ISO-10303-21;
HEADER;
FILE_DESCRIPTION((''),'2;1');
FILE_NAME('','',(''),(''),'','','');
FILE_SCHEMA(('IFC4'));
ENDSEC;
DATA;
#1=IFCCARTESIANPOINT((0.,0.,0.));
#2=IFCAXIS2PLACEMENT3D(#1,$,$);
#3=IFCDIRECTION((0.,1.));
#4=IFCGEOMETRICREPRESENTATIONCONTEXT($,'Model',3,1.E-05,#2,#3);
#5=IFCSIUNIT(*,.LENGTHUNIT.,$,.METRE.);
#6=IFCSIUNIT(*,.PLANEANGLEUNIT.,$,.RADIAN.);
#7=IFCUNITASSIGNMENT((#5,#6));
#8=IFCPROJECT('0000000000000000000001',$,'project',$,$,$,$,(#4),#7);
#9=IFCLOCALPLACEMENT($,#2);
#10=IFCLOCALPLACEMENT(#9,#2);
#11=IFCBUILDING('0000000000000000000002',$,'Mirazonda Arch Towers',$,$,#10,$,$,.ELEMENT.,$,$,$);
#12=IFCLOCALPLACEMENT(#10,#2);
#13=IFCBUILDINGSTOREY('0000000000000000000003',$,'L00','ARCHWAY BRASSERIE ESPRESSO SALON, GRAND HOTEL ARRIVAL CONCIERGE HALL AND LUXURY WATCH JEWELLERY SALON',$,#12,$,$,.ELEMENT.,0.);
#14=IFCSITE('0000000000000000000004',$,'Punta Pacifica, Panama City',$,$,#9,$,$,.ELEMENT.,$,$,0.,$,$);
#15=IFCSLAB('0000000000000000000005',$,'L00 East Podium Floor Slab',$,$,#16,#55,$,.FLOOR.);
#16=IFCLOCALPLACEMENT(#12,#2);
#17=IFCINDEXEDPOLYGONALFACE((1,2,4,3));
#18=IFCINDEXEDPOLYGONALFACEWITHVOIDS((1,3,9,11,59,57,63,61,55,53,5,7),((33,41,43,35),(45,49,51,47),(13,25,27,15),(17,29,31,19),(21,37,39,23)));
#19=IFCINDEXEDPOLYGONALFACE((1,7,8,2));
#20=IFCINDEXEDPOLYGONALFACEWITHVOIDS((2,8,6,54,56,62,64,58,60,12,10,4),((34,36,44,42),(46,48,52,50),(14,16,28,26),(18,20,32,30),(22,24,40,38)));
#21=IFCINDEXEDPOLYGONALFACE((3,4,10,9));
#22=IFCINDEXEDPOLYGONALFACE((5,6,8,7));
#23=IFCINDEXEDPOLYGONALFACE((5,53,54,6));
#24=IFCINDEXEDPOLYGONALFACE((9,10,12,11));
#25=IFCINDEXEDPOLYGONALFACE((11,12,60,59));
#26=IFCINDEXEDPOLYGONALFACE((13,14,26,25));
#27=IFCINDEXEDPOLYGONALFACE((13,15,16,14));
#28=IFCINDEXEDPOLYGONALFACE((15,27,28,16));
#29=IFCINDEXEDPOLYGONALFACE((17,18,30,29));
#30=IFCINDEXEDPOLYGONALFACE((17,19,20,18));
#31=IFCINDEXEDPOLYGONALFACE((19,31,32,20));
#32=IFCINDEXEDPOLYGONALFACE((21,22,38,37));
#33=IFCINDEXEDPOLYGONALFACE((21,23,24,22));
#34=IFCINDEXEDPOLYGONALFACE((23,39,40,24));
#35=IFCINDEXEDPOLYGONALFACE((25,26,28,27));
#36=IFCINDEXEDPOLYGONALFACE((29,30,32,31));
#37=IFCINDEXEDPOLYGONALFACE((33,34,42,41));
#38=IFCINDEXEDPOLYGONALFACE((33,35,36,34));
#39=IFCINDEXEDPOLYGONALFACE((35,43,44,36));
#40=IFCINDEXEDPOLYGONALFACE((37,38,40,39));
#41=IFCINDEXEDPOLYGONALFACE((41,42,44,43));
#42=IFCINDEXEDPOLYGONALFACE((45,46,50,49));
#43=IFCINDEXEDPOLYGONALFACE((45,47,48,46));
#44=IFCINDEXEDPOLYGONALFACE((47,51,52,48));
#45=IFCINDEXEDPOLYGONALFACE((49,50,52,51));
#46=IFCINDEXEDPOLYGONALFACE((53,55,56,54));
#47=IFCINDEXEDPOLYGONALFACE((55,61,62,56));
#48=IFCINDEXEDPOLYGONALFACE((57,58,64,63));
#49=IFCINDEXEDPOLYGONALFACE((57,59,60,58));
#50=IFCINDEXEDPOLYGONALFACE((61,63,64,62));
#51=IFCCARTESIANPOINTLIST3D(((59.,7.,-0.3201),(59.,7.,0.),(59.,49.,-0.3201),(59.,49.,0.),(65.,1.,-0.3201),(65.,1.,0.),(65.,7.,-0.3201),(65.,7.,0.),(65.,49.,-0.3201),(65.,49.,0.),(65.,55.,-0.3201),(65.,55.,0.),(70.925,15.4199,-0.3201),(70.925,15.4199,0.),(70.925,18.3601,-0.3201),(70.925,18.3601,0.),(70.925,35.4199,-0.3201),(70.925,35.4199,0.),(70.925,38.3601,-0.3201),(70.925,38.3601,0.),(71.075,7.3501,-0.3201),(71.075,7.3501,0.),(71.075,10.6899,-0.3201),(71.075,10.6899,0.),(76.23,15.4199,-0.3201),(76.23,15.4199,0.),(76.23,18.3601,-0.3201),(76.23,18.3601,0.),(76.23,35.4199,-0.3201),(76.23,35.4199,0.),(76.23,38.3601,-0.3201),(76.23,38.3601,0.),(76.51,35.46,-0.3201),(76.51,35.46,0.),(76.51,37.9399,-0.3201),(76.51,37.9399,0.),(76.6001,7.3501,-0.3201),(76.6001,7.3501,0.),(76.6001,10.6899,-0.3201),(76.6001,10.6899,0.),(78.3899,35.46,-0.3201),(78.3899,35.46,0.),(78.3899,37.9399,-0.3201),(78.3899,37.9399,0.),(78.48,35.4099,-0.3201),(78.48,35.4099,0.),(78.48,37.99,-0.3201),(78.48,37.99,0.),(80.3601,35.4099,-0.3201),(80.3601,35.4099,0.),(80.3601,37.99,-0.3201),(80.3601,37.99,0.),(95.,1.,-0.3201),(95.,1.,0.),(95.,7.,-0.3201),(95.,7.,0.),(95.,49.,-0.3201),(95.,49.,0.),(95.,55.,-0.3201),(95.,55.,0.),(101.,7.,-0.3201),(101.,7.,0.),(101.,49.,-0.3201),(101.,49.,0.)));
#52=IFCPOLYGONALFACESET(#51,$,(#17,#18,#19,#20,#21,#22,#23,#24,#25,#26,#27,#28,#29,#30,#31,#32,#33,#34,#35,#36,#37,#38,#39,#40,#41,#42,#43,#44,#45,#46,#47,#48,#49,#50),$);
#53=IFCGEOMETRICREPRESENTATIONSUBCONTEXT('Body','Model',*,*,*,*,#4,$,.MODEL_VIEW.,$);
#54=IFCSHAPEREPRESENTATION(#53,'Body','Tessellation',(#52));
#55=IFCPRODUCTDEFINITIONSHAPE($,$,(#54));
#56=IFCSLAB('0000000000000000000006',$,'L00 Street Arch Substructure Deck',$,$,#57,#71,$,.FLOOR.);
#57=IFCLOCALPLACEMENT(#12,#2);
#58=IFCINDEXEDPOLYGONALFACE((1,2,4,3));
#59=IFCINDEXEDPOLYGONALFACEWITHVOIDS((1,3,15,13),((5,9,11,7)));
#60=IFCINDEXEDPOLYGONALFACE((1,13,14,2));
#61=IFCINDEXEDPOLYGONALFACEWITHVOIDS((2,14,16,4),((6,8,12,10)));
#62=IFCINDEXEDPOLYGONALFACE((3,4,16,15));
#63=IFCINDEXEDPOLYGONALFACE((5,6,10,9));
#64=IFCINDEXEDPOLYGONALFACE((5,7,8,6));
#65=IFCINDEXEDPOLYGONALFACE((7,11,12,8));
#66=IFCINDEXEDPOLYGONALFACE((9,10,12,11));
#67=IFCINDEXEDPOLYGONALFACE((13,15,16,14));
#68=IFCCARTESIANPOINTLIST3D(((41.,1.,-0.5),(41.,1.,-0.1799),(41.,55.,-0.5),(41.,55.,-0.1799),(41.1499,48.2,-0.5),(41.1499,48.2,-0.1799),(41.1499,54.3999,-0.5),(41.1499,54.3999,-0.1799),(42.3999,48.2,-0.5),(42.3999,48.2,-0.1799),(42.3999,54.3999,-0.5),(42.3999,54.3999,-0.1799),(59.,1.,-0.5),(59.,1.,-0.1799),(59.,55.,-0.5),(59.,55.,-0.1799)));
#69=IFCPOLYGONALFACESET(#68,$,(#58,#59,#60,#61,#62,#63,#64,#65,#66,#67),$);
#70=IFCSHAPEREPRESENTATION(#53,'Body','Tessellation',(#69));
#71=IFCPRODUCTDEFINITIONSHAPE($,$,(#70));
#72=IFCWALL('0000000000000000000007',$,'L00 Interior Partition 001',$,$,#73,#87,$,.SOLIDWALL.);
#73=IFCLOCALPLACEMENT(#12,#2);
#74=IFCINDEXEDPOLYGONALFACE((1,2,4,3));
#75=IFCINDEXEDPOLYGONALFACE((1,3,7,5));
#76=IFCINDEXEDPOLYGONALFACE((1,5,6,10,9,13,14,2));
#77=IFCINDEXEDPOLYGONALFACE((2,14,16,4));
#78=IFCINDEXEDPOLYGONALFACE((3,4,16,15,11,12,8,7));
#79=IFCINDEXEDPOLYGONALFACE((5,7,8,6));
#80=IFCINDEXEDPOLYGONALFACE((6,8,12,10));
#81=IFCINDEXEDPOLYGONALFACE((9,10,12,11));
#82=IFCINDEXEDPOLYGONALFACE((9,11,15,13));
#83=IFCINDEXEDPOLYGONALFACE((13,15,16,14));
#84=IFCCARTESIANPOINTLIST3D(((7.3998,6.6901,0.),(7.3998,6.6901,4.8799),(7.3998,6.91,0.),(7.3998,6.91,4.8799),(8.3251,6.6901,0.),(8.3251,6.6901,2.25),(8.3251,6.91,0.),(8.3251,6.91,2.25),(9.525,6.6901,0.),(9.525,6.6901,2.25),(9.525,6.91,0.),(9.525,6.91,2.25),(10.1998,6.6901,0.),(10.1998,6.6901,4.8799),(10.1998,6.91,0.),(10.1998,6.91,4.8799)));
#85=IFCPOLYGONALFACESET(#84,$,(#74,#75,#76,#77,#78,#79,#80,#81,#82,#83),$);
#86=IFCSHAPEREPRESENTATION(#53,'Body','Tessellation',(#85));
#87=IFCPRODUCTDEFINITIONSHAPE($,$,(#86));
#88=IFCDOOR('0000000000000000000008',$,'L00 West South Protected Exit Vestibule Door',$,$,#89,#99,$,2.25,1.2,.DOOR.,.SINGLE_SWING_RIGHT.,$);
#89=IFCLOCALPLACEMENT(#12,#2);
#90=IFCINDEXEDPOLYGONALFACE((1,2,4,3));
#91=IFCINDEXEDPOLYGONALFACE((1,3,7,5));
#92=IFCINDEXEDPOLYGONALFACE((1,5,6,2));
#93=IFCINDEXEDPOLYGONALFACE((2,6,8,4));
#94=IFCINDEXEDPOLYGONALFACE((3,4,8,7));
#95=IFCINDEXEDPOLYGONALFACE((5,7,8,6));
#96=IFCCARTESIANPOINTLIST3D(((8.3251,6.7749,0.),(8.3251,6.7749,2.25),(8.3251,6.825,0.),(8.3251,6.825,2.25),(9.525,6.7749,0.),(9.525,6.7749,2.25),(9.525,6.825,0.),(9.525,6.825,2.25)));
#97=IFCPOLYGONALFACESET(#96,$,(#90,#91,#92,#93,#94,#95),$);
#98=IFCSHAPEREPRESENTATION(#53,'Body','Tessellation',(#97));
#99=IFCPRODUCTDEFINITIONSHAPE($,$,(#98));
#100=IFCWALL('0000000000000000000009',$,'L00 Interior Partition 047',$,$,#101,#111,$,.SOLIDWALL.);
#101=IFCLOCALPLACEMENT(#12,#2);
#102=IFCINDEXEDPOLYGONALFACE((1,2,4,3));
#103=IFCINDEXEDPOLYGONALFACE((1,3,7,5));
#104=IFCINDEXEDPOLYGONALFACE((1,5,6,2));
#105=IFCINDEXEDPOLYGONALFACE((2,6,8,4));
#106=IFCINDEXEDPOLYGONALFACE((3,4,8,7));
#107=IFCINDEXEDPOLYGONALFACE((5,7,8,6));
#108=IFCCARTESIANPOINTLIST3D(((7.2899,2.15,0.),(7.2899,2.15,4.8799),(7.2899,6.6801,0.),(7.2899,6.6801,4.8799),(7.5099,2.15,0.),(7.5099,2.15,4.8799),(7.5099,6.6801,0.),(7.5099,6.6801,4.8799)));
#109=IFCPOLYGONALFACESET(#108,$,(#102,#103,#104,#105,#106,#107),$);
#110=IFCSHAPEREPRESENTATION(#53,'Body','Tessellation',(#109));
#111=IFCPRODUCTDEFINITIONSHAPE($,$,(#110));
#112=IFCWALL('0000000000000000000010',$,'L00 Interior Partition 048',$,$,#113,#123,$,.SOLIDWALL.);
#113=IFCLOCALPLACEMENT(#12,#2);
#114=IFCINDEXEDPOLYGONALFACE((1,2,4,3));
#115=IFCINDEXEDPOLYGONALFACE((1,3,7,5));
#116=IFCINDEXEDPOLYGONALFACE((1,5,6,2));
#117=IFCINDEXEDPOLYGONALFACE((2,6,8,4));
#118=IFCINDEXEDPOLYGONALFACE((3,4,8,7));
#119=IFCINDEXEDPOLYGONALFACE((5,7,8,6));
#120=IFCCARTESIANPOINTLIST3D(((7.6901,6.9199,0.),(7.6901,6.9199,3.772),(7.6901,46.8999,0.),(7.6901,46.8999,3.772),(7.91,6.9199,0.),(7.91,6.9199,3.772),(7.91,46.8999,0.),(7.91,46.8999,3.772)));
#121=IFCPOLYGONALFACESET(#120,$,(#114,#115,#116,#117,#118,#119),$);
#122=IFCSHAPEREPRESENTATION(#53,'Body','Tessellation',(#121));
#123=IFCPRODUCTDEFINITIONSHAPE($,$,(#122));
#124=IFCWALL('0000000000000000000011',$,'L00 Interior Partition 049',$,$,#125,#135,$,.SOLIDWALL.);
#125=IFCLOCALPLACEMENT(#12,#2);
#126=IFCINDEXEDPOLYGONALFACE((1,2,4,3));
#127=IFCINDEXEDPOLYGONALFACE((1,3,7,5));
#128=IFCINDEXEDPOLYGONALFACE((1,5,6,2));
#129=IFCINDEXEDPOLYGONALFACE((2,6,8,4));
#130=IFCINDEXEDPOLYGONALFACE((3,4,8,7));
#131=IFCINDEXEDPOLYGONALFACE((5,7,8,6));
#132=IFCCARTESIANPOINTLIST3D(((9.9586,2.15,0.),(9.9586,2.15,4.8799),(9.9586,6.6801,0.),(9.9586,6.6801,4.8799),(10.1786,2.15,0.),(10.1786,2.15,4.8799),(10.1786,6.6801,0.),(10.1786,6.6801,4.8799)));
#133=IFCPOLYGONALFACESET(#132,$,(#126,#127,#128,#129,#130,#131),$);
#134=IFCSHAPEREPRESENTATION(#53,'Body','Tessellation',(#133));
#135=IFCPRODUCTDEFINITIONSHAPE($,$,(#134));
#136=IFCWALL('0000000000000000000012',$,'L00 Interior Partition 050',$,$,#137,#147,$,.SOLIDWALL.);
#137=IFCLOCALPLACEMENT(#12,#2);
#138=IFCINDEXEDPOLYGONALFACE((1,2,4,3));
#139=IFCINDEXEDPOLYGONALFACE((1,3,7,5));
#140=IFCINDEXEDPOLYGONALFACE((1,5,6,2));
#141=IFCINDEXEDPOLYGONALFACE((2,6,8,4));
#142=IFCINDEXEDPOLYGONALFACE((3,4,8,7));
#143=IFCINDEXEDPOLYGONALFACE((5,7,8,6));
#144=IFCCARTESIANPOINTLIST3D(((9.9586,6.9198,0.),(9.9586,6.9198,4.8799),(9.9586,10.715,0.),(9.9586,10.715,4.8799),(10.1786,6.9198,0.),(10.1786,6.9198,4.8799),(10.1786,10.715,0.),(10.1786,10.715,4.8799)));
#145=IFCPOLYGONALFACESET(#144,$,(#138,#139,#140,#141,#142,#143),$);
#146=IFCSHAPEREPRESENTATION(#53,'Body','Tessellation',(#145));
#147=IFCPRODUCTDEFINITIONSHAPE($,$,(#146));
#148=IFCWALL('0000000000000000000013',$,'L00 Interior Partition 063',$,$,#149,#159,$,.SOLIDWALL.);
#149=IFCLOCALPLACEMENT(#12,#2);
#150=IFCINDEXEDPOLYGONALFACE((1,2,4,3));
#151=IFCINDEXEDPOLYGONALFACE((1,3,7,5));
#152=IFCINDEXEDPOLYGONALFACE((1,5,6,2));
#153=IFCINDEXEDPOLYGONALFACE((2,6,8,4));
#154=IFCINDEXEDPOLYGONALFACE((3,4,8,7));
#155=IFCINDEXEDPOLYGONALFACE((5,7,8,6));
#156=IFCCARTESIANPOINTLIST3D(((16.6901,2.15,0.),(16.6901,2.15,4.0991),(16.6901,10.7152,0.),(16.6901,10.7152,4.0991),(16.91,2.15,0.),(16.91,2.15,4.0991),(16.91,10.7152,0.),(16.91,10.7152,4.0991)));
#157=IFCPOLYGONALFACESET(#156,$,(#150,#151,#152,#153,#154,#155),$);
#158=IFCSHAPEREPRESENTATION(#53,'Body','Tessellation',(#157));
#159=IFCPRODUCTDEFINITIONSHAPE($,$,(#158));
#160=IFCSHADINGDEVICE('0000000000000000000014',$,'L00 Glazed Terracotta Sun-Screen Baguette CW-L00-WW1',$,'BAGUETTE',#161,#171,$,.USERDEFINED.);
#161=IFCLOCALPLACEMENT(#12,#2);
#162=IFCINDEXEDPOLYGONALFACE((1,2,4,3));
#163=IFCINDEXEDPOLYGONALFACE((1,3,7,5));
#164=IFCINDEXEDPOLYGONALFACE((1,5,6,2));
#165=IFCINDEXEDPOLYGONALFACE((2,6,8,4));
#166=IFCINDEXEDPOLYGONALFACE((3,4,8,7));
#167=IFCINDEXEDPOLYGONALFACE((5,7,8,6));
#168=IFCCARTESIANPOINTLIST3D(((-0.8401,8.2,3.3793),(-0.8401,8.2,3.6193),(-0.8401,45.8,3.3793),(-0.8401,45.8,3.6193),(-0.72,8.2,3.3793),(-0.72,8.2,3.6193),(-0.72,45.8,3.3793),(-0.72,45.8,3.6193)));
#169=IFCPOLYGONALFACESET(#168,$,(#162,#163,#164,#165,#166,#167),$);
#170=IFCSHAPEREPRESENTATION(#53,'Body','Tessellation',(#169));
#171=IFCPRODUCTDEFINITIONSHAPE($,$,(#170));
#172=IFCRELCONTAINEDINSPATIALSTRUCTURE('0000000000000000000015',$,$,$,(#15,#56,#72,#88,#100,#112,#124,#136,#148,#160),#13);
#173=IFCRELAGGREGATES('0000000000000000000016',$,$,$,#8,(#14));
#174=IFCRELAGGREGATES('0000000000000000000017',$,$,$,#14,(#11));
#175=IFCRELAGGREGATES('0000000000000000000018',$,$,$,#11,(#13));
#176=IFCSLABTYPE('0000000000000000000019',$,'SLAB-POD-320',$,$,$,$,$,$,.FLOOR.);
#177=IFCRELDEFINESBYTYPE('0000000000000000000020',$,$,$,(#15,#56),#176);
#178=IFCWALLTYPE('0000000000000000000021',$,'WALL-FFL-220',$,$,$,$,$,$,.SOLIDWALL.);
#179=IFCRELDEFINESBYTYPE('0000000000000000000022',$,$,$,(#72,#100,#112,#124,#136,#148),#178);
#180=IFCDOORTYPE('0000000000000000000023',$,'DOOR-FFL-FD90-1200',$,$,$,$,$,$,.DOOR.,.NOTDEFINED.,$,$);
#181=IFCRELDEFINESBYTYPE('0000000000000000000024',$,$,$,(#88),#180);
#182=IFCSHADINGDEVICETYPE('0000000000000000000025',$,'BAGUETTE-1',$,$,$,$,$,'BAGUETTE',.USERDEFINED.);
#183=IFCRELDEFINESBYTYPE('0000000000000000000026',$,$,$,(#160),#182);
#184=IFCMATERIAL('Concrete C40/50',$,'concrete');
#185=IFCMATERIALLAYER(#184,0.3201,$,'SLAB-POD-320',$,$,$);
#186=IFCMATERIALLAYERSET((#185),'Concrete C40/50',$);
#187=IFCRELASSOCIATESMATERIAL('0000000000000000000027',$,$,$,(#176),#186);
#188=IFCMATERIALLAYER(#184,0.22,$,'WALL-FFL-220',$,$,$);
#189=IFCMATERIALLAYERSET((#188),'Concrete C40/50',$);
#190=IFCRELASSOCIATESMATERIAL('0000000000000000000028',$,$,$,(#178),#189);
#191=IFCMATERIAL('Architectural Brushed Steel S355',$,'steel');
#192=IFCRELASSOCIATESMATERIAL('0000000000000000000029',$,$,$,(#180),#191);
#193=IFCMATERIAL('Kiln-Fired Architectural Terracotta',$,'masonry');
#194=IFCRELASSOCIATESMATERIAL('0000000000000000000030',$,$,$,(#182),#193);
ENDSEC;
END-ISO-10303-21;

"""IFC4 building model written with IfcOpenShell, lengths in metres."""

from ifc_helpers import new_model, si_unit, direction, frame, frame_2d, origin, origin_2d, place, context, subcontext, project, spatial, polyline, rectangle, outline, extrude, material, layer, layer_set, material_profile, profile_set, type_object, element, fill, save


model = new_model("IFC4")

# Units and contexts
model_context = context("Model", 3, precision=1e-05, world=origin(), true_north=direction((0.0, 1.0)))
body_context = subcontext(model_context, "Body", "Model", "MODEL_VIEW")
ifc_project = project(units=[si_unit("LENGTHUNIT", "METRE"), si_unit("PLANEANGLEUNIT", "RADIAN")], contexts=[model_context])

# Site, building, storey
site_placement = place(None, origin())
site = spatial("IfcSite", under=ifc_project, at=site_placement, Name="Punta Pacifica, Panama City", CompositionType="ELEMENT", RefElevation=0.0)
building_placement = place(site_placement, origin())
building = spatial("IfcBuilding", under=site, at=building_placement, Name="Mirazonda Arch Towers", CompositionType="ELEMENT")
storey_placement = place(building_placement, origin())
storey = spatial("IfcBuildingStorey", under=building, at=storey_placement, Name="L00", Description="ARCHWAY BRASSERIE ESPRESSO SALON, GRAND HOTEL ARRIVAL CONCIERGE HALL AND LUXURY WATCH JEWELLERY SALON", CompositionType="ELEMENT", Elevation=0.0)

# Shared definitions
ifc_material_1 = material(Name="Concrete C40/50", Category="concrete")

# Slabs
ifc_layer_1 = layer(ifc_material_1, 0.3201, Name="SLAB-POD-320")
ifc_layer_set_1 = layer_set([ifc_layer_1], Name="Concrete C40/50")
slab_type_1 = type_object("IfcSlabType", Name="SLAB-POD-320", PredefinedType="FLOOR", material=ifc_layer_set_1)
slab_1_placement = place(storey_placement, frame((0.0, 0.0, -0.3201)))
element("IfcSlab", 1, at=slab_1_placement, inside=storey, type_object=slab_type_1, Name="L00 East Podium Floor Slab", PredefinedType="FLOOR", context=body_context, shape_type="SweptSolid", body=[
    extrude(outline(polyline([(65.0, 1.0), (95.0, 1.0), (95.0, 7.0), (101.0, 7.0), (101.0, 49.0), (95.0, 49.0), (95.0, 55.0), (65.0, 55.0), (65.0, 49.0), (59.0, 49.0), (59.0, 7.0), (65.0, 7.0), (65.0, 1.0)]), holes=[polyline([(78.48, 37.99), (80.3601, 37.99), (80.3601, 35.4099), (78.48, 35.4099), (78.48, 37.99)]), polyline([(76.51, 35.46), (76.51, 37.9399), (78.3899, 37.9399), (78.3899, 35.46), (76.51, 35.46)]), polyline([(76.6001, 7.3501), (71.075, 7.3501), (71.075, 10.6899), (76.6001, 10.6899), (76.6001, 7.3501)]), polyline([(76.23, 15.4199), (70.925, 15.4199), (70.925, 18.3601), (76.23, 18.3601), (76.23, 15.4199)]), polyline([(70.925, 35.4199), (70.925, 38.3601), (76.23, 38.3601), (76.23, 35.4199), (70.925, 35.4199)])]), origin(), (0.0, 0.0, 1.0), 0.3201),
])
slab_2_placement = place(storey_placement, frame((0.0, 0.0, -0.5)))
element("IfcSlab", 2, at=slab_2_placement, inside=storey, type_object=slab_type_1, Name="L00 Street Arch Substructure Deck", PredefinedType="FLOOR", context=body_context, shape_type="SweptSolid", body=[
    extrude(outline(polyline([(41.0, 1.0), (59.0, 1.0), (59.0, 55.0), (41.0, 55.0), (41.0, 1.0)]), holes=[polyline([(42.3999, 54.3999), (42.3999, 48.2), (41.1499, 48.2), (41.1499, 54.3999), (42.3999, 54.3999)])]), origin(), (0.0, 0.0, 1.0), 0.3201),
])

# Wall, opening, door
ifc_layer_2 = layer(ifc_material_1, 0.22, Name="WALL-FFL-220")
ifc_layer_set_2 = layer_set([ifc_layer_2], Name="Concrete C40/50")
wall_type = type_object("IfcWallType", Name="WALL-FFL-220", PredefinedType="SOLIDWALL", material=ifc_layer_set_2)
wall_1_placement = place(storey_placement, frame((7.3999, 6.8, 0.0), z_axis=(0.0, 0.0, 1.0), x_axis=(1.0, 0.0, 0.0)))
wall_1 = element("IfcWall", 3, at=wall_1_placement, inside=storey, type_object=wall_type, Name="L00 Interior Partition 001", PredefinedType="SOLIDWALL", context=body_context, shape_type="SweptSolid", body=[
    extrude(rectangle(XDim=2.8, YDim=0.22, at=frame_2d((1.3999, 0.0))), origin(), (0.0, 0.0, 1.0), 4.8799),
])
opening_placement = place(wall_1_placement, frame((0.925, 0.0, 0.0)))
opening = element("IfcOpeningElement", 4, at=opening_placement, cuts=wall_1, PredefinedType="OPENING", context=body_context, shape_type="SweptSolid", body=[
    extrude(rectangle(XDim=1.2, YDim=2.25, at=frame_2d((0.6001, 1.125))), frame((0.0, 0.1199, 0.0), z_axis=(0.0, -1.0, 0.0), x_axis=(1.0, 0.0, 0.0)), (0.0, 0.0, 1.0), 0.24),
])
ifc_material_2 = material(Name="Architectural Brushed Steel S355", Category="steel")
door_type = type_object("IfcDoorType", Name="DOOR-FFL-FD90-1200", OperationType="NOTDEFINED", PredefinedType="DOOR", material=ifc_material_2)
door_placement = place(opening_placement, origin())
door = element("IfcDoor", 5, at=door_placement, inside=storey, type_object=door_type, Name="L00 West South Protected Exit Vestibule Door", OperationType="SINGLE_SWING_RIGHT", OverallHeight=2.25, OverallWidth=1.2, PredefinedType="DOOR", context=body_context, shape_type="SweptSolid", body=[
    extrude(rectangle(XDim=1.2, YDim=2.25, at=frame_2d((0.6001, 1.125))), frame((0.0, 0.0249, 0.0), z_axis=(0.0, -1.0, 0.0), x_axis=(1.0, 0.0, 0.0)), (0.0, 0.0, 1.0), 0.05),
])
fill(opening, door)

# Walls
wall_2_placement = place(storey_placement, frame((7.3999, 2.1499, 0.0), z_axis=(0.0, 0.0, 1.0), x_axis=(0.0, 1.0, 0.0)))
element("IfcWall", 6, at=wall_2_placement, inside=storey, type_object=wall_type, Name="L00 Interior Partition 047", PredefinedType="SOLIDWALL", context=body_context, shape_type="SweptSolid", body=[
    extrude(rectangle(XDim=4.53, YDim=0.22, at=frame_2d((2.2651, 0.0))), origin(), (0.0, 0.0, 1.0), 4.8799),
])
wall_3_placement = place(storey_placement, frame((7.8, 6.9199, 0.0), z_axis=(0.0, 0.0, 1.0), x_axis=(0.0, 1.0, 0.0)))
element("IfcWall", 7, at=wall_3_placement, inside=storey, type_object=wall_type, Name="L00 Interior Partition 048", PredefinedType="SOLIDWALL", context=body_context, shape_type="SweptSolid", body=[
    extrude(rectangle(XDim=39.98, YDim=0.22, at=frame_2d((19.99, 0.0))), origin(), (0.0, 0.0, 1.0), 3.772),
])
wall_4_placement = place(storey_placement, frame((10.0686, 2.1499, 0.0), z_axis=(0.0, 0.0, 1.0), x_axis=(0.0, 1.0, 0.0)))
element("IfcWall", 8, at=wall_4_placement, inside=storey, type_object=wall_type, Name="L00 Interior Partition 049", PredefinedType="SOLIDWALL", context=body_context, shape_type="SweptSolid", body=[
    extrude(rectangle(XDim=4.53, YDim=0.22, at=frame_2d((2.2651, 0.0))), origin(), (0.0, 0.0, 1.0), 4.8799),
])
wall_5_placement = place(storey_placement, frame((10.0686, 6.9199, 0.0), z_axis=(0.0, 0.0, 1.0), x_axis=(0.0, 1.0, 0.0)))
element("IfcWall", 9, at=wall_5_placement, inside=storey, type_object=wall_type, Name="L00 Interior Partition 050", PredefinedType="SOLIDWALL", context=body_context, shape_type="SweptSolid", body=[
    extrude(rectangle(XDim=3.7952, YDim=0.22, at=frame_2d((1.8975, 0.0))), origin(), (0.0, 0.0, 1.0), 4.8799),
])
wall_6_placement = place(storey_placement, frame((16.8, 2.1499, 0.0), z_axis=(0.0, 0.0, 1.0), x_axis=(0.0, 1.0, 0.0)))
element("IfcWall", 10, at=wall_6_placement, inside=storey, type_object=wall_type, Name="L00 Interior Partition 063", PredefinedType="SOLIDWALL", context=body_context, shape_type="SweptSolid", body=[
    extrude(rectangle(XDim=8.5652, YDim=0.22, at=frame_2d((4.2827, 0.0))), origin(), (0.0, 0.0, 1.0), 4.0991),
])

# Shading device
ifc_material_3 = material(Name="Kiln-Fired Architectural Terracotta", Category="masonry")
ifc_material_profile_1 = material_profile(ifc_material_3, rectangle(XDim=0.1201, YDim=0.24, at=origin_2d()), Name="TERRA-BAG-120x240")
ifc_profile_set_1 = profile_set([ifc_material_profile_1], Name="Kiln-Fired Architectural Terracotta")
shading_device_type = type_object("IfcShadingDeviceType", Name="BAGUETTE-1", ElementType="BAGUETTE", PredefinedType="USERDEFINED", material=ifc_profile_set_1)
shading_device_placement = place(storey_placement, frame((-0.78, 8.2, 3.4993), z_axis=(0.0, 1.0, 0.0), x_axis=(-1.0, 0.0, 0.0)))
element("IfcShadingDevice", 11, at=shading_device_placement, inside=storey, type_object=shading_device_type, Name="L00 Glazed Terracotta Sun-Screen Baguette CW-L00-WW1", ObjectType="BAGUETTE", PredefinedType="USERDEFINED", context=body_context, shape_type="SweptSolid", body=[
    extrude(rectangle(XDim=0.1201, YDim=0.24, at=origin_2d()), origin(), (0.0, 0.0, 1.0), 37.6001),
])

save(model, "model.ifc")
